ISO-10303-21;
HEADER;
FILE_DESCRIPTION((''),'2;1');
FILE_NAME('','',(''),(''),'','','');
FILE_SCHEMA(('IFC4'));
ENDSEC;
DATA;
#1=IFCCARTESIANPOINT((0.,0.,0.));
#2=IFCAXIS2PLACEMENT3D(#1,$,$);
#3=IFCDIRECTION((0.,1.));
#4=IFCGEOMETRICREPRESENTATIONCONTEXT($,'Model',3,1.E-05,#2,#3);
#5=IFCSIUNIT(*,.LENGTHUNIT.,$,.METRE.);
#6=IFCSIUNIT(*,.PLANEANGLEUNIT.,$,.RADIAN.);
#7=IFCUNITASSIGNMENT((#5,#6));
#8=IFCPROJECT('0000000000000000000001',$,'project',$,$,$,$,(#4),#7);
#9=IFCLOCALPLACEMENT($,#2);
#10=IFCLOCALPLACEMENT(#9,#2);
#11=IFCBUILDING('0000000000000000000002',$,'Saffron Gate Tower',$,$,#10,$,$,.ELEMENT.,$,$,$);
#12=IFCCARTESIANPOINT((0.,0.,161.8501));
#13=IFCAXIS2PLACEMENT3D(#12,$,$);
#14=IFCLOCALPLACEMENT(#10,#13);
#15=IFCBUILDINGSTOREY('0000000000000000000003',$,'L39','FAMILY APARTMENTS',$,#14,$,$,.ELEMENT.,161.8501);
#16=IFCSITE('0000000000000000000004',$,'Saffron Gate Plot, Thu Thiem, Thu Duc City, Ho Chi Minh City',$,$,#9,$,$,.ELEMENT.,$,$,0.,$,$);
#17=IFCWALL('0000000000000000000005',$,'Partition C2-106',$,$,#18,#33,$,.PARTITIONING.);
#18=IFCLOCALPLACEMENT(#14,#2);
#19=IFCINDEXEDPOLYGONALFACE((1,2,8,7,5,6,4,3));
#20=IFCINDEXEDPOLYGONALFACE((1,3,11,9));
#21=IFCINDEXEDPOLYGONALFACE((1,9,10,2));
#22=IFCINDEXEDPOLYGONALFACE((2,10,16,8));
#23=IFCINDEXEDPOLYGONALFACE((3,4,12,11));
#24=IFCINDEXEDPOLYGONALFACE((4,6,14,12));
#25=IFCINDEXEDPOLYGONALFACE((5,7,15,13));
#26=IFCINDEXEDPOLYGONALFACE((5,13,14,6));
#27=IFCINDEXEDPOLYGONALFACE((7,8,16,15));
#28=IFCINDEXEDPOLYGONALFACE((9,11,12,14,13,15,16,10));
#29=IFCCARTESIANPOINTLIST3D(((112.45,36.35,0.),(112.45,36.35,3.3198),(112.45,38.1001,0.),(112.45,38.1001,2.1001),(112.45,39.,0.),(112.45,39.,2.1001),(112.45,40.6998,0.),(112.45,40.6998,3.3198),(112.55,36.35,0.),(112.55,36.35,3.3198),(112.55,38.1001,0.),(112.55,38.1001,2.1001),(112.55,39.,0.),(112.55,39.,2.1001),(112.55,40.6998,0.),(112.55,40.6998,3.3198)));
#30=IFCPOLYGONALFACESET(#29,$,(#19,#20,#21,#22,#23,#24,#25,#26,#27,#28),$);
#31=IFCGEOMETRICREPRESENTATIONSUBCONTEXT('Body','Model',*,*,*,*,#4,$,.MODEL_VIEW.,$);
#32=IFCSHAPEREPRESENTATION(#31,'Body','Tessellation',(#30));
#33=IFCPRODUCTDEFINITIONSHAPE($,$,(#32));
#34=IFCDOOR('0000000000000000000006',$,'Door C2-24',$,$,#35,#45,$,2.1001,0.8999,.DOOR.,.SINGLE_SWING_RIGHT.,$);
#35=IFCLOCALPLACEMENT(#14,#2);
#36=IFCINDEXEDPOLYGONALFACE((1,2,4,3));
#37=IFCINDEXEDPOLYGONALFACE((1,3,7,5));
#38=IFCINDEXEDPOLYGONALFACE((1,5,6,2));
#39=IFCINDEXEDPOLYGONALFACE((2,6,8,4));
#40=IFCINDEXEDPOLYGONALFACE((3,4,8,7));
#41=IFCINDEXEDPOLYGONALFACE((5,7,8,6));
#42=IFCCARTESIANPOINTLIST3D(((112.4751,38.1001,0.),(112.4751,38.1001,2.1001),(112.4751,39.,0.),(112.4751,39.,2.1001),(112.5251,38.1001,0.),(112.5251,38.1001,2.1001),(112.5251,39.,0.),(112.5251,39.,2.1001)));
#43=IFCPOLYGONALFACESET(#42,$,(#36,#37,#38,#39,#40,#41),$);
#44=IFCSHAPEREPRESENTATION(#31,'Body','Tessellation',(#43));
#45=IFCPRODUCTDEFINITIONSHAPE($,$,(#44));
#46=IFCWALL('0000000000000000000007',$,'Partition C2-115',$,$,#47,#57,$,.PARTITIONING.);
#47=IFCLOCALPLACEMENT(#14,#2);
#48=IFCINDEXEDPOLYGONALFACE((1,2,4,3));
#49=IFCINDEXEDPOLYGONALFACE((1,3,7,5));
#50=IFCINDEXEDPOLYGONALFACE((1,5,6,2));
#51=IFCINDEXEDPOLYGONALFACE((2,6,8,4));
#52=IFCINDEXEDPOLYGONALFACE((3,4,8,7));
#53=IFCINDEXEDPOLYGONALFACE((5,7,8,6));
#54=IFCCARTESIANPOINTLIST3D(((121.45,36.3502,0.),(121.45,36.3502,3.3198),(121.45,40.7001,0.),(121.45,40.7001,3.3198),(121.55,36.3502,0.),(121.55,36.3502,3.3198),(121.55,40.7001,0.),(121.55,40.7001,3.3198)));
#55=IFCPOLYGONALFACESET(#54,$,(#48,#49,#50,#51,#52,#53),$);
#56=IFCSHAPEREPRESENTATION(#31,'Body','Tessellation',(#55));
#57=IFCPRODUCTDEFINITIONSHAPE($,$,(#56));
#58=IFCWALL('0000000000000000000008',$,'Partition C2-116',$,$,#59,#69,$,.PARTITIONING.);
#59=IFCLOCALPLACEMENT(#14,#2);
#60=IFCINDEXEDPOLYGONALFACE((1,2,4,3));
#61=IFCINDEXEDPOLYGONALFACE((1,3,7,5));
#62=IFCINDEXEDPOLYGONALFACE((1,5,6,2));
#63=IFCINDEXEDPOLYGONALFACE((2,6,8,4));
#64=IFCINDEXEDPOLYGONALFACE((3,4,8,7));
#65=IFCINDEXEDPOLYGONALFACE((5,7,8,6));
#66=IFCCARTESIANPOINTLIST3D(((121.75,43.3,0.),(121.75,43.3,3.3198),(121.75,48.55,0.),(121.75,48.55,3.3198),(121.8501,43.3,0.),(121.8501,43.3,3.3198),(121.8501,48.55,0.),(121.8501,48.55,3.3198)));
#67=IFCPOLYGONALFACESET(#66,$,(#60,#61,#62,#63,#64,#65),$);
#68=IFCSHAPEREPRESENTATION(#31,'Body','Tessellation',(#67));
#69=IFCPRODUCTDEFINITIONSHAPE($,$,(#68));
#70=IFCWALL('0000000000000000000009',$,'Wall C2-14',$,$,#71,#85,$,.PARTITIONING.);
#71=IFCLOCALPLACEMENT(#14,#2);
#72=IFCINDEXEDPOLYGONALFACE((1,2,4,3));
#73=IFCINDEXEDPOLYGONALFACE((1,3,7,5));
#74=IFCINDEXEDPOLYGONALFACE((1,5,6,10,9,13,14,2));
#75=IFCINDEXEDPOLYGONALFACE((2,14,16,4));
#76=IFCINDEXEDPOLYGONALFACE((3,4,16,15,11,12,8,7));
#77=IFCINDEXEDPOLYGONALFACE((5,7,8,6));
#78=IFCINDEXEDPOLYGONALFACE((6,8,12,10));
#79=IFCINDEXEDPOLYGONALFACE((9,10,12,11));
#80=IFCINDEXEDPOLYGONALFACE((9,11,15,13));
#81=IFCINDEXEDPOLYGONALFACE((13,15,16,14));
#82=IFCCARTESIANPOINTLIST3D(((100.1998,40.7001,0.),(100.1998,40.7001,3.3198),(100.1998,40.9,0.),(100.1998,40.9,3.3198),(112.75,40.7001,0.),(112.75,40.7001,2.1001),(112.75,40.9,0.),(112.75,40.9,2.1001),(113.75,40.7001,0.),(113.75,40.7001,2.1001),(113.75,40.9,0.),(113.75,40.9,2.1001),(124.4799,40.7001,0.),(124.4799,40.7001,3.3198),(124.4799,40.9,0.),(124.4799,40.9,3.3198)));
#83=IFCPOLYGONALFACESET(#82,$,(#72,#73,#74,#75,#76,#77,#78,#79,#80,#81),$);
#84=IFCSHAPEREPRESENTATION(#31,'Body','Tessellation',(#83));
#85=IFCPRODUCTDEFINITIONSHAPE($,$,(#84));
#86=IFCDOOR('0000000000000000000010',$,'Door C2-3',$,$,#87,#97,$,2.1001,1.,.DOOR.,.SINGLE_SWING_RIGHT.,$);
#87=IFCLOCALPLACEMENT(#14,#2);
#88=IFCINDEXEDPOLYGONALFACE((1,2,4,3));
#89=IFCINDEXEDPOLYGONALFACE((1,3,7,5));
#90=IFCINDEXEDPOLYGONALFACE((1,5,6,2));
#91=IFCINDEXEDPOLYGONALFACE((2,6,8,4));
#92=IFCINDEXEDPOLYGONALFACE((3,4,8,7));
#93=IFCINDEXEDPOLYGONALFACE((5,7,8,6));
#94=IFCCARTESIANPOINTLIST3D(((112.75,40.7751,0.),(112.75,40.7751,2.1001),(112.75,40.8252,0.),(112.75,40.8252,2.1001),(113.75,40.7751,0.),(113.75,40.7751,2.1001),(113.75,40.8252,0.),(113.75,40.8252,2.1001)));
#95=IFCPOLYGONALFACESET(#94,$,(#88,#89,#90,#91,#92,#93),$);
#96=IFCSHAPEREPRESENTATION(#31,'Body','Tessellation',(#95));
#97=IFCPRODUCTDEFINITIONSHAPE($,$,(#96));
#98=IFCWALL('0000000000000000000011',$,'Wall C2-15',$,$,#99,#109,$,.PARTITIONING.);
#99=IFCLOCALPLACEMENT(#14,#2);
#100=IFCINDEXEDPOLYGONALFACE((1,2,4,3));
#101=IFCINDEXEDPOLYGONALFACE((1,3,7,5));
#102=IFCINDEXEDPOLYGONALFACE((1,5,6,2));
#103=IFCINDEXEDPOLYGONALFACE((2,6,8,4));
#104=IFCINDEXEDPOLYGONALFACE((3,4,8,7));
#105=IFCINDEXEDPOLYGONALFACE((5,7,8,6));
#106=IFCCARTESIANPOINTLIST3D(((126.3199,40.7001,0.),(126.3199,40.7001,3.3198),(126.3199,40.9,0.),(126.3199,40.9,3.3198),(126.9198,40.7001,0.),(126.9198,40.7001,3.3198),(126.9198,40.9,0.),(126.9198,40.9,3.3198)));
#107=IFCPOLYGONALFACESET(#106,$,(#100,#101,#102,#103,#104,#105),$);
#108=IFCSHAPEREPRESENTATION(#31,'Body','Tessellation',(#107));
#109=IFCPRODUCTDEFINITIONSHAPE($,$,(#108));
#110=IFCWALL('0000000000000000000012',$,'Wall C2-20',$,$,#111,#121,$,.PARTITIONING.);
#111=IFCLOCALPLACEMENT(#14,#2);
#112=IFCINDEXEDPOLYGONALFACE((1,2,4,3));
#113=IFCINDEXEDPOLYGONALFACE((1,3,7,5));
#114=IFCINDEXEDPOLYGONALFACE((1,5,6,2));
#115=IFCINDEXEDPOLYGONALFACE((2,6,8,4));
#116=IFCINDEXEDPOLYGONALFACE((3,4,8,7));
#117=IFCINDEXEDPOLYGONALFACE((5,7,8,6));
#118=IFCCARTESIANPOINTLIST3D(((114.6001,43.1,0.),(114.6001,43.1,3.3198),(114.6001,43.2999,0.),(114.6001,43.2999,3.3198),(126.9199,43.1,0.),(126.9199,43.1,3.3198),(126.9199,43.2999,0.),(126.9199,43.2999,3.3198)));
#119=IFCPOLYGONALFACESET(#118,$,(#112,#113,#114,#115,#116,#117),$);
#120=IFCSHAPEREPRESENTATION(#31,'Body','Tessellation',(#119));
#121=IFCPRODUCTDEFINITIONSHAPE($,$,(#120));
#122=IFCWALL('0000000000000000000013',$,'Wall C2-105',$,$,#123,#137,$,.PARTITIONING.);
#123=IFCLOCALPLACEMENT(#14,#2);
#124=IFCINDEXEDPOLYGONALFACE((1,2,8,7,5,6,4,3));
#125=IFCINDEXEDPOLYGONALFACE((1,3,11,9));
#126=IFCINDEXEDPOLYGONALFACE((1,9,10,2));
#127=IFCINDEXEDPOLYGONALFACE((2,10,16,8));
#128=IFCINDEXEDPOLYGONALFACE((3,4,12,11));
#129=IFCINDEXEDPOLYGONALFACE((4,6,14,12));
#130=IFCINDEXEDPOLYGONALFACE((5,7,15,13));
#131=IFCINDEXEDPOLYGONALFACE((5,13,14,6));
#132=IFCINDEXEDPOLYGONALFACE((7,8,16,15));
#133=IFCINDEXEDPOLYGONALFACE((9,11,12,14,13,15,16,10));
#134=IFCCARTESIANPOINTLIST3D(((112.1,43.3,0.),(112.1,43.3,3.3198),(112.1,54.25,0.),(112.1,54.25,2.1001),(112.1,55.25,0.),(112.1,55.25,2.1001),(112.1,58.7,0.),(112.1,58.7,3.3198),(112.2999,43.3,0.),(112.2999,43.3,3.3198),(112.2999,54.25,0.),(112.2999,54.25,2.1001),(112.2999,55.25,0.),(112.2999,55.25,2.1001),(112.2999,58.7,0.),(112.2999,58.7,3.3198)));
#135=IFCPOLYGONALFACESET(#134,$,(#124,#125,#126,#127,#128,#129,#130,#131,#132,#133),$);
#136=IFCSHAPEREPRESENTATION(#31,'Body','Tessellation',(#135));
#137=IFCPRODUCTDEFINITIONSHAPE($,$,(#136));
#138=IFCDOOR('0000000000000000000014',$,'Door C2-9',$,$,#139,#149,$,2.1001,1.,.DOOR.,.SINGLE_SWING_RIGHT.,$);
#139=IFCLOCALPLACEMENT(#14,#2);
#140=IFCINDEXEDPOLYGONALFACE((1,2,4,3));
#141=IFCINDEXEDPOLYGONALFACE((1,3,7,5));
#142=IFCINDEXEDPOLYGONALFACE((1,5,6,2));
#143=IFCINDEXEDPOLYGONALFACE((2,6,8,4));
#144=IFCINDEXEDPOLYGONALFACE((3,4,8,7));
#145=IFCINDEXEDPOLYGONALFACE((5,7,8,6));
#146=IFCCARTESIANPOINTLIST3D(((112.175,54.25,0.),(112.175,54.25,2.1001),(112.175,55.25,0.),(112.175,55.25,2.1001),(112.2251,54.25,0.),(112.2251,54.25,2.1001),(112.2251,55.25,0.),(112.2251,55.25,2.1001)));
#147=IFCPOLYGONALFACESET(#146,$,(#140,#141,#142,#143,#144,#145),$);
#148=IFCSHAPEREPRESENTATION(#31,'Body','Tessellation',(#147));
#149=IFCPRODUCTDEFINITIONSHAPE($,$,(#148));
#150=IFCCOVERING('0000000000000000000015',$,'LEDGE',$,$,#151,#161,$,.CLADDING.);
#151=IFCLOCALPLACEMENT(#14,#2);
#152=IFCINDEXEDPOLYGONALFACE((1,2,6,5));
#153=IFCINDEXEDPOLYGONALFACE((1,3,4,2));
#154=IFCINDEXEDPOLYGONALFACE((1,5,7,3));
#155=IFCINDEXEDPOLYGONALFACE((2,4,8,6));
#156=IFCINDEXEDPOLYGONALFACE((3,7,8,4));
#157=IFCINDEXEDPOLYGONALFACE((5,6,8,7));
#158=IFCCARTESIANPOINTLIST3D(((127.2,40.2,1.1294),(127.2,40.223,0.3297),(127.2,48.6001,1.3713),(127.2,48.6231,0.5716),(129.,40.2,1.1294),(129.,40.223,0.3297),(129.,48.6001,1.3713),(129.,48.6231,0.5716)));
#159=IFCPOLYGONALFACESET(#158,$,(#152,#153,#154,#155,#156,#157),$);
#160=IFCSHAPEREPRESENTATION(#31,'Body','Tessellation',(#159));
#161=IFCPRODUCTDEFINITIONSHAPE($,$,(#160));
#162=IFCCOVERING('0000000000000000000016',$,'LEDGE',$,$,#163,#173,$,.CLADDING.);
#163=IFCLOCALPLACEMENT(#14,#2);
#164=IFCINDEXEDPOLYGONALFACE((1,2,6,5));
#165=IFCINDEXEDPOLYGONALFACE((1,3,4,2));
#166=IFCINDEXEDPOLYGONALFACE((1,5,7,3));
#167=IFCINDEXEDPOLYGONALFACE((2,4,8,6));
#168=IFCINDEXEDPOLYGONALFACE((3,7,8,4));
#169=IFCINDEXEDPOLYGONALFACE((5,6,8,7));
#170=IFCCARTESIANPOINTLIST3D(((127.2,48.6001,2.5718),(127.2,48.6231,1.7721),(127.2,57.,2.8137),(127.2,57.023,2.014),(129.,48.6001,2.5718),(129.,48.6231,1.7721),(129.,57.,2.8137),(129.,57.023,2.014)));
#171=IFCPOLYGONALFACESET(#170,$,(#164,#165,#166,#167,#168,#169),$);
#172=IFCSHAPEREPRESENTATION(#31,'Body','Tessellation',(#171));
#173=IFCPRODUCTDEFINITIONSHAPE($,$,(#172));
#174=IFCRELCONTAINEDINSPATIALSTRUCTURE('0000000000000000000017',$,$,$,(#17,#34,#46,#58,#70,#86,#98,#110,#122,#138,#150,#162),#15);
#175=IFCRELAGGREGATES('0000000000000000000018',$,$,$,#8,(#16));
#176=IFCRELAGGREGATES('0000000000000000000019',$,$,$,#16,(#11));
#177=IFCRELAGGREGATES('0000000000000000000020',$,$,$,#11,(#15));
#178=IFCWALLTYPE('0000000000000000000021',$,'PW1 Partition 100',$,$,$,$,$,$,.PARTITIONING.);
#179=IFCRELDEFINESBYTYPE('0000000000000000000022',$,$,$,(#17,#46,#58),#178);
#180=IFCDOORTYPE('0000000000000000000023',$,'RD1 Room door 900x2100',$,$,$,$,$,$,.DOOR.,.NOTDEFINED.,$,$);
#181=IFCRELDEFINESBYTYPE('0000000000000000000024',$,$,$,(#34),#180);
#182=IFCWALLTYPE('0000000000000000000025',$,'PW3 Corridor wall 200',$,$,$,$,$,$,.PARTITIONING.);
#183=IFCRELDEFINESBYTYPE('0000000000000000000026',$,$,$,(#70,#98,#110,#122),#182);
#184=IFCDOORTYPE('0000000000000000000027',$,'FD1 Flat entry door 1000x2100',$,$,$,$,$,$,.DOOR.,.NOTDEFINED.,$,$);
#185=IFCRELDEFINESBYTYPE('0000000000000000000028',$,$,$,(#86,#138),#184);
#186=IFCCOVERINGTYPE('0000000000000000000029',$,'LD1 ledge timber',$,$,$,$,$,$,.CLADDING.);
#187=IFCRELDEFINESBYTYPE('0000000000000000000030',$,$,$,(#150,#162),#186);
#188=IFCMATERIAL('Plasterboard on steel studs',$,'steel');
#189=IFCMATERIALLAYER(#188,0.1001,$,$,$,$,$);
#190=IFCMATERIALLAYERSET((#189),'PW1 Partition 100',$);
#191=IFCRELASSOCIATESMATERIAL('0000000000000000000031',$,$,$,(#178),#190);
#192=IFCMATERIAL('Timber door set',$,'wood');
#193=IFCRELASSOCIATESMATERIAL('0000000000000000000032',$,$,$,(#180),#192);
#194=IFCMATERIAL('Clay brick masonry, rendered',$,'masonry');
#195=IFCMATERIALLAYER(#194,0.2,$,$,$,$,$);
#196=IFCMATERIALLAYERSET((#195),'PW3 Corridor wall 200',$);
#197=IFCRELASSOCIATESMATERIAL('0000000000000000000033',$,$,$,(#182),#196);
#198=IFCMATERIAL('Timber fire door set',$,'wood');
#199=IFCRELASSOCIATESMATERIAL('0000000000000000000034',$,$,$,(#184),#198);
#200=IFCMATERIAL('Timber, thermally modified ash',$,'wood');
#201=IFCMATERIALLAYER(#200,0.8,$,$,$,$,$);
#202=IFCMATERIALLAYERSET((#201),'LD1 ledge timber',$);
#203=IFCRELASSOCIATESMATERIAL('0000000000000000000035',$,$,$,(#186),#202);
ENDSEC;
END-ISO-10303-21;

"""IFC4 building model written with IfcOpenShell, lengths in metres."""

from ifc_helpers import new_model, si_unit, direction, frame, frame_2d, origin, place, context, subcontext, project, spatial, polyline, rectangle, outline, extrude, material, layer, layer_set, type_object, element, fill, save


model = new_model("IFC4")

# Units and contexts
model_context = context("Model", 3, precision=1e-05, world=origin(), true_north=direction((0.0, 1.0)))
body_context = subcontext(model_context, "Body", "Model", "MODEL_VIEW")
ifc_project = project(units=[si_unit("LENGTHUNIT", "METRE"), si_unit("PLANEANGLEUNIT", "RADIAN")], contexts=[model_context])

# Site, building, storey
site_placement = place(None, origin())
site = spatial("IfcSite", under=ifc_project, at=site_placement, Name="Saffron Gate Plot, Thu Thiem, Thu Duc City, Ho Chi Minh City", CompositionType="ELEMENT", RefElevation=0.0)
building_placement = place(site_placement, origin())
building = spatial("IfcBuilding", under=site, at=building_placement, Name="Saffron Gate Tower", CompositionType="ELEMENT")
storey_placement = place(building_placement, frame((0.0, 0.0, 161.8501)))
storey = spatial("IfcBuildingStorey", under=building, at=storey_placement, Name="L39", Description="FAMILY APARTMENTS", CompositionType="ELEMENT", Elevation=161.8501)

# Shared definitions
ifc_material_1 = material(Name="Plasterboard on steel studs", Category="steel")
ifc_layer_1 = layer(ifc_material_1, 0.1001)
ifc_layer_set_1 = layer_set([ifc_layer_1], Name="PW1 Partition 100")
wall_type_1 = type_object("IfcWallType", Name="PW1 Partition 100", PredefinedType="PARTITIONING", material=ifc_layer_set_1)
ifc_material_2 = material(Name="Timber door set", Category="wood")
door_type_1 = type_object("IfcDoorType", Name="RD1 Room door 900x2100", OperationType="NOTDEFINED", PredefinedType="DOOR", material=ifc_material_2)

# Wall, opening, door
wall_1_placement = place(storey_placement, frame((112.5, 36.3501, 0.0), z_axis=(0.0, 0.0, 1.0), x_axis=(0.0, 1.0, 0.0)))
wall_1 = element("IfcWall", 1, at=wall_1_placement, inside=storey, type_object=wall_type_1, Name="Partition C2-106", PredefinedType="PARTITIONING", context=body_context, shape_type="SweptSolid", body=[
    extrude(rectangle(XDim=4.3499, YDim=0.1001, at=frame_2d((2.1748, 0.0))), origin(), (0.0, 0.0, 1.0), 3.3198),
])
opening_1_placement = place(wall_1_placement, frame((1.75, 0.0, 0.0)))
opening_1 = element("IfcOpeningElement", 2, at=opening_1_placement, cuts=wall_1, PredefinedType="OPENING", context=body_context, shape_type="SweptSolid", body=[
    extrude(rectangle(XDim=0.8999, YDim=2.1001, at=frame_2d((0.45, 1.05))), frame((0.0, 0.0601, 0.0), z_axis=(0.0, -1.0, 0.0), x_axis=(1.0, 0.0, 0.0)), (0.0, 0.0, 1.0), 0.1201),
])
door_1_placement = place(opening_1_placement, origin())
door_1 = element("IfcDoor", 3, at=door_1_placement, inside=storey, type_object=door_type_1, Name="Door C2-24", OperationType="SINGLE_SWING_RIGHT", OverallHeight=2.1001, OverallWidth=0.8999, PredefinedType="DOOR", context=body_context, shape_type="SweptSolid", body=[
    extrude(rectangle(XDim=0.8999, YDim=2.1001, at=frame_2d((0.45, 1.05))), frame((0.0, 0.0249, 0.0), z_axis=(0.0, -1.0, 0.0), x_axis=(1.0, 0.0, 0.0)), (0.0, 0.0, 1.0), 0.05),
])
fill(opening_1, door_1)

# Walls
wall_2_placement = place(storey_placement, frame((121.5, 40.7, 0.0), z_axis=(0.0, 0.0, 1.0), x_axis=(0.0, -1.0, 0.0)))
element("IfcWall", 4, at=wall_2_placement, inside=storey, type_object=wall_type_1, Name="Partition C2-115", PredefinedType="PARTITIONING", context=body_context, shape_type="SweptSolid", body=[
    extrude(rectangle(XDim=4.3499, YDim=0.1001, at=frame_2d((2.1748, 0.0))), origin(), (0.0, 0.0, 1.0), 3.3198),
])
wall_3_placement = place(storey_placement, frame((121.8, 48.55, 0.0), z_axis=(0.0, 0.0, 1.0), x_axis=(0.0, -1.0, 0.0)))
element("IfcWall", 5, at=wall_3_placement, inside=storey, type_object=wall_type_1, Name="Partition C2-116", PredefinedType="PARTITIONING", context=body_context, shape_type="SweptSolid", body=[
    extrude(rectangle(XDim=5.25, YDim=0.1001, at=frame_2d((2.625, 0.0))), origin(), (0.0, 0.0, 1.0), 3.3198),
])

# Wall, opening, door
ifc_material_3 = material(Name="Clay brick masonry, rendered", Category="masonry")
ifc_layer_2 = layer(ifc_material_3, 0.2)
ifc_layer_set_2 = layer_set([ifc_layer_2], Name="PW3 Corridor wall 200")
wall_type_2 = type_object("IfcWallType", Name="PW3 Corridor wall 200", PredefinedType="PARTITIONING", material=ifc_layer_set_2)
wall_4_placement = place(storey_placement, frame((124.48, 40.8, 0.0), z_axis=(0.0, 0.0, 1.0), x_axis=(-1.0, 0.0, 0.0)))
wall_4 = element("IfcWall", 6, at=wall_4_placement, inside=storey, type_object=wall_type_2, Name="Wall C2-14", PredefinedType="PARTITIONING", context=body_context, shape_type="SweptSolid", body=[
    extrude(rectangle(XDim=24.28, YDim=0.2, at=frame_2d((12.1401, 0.0))), origin(), (0.0, 0.0, 1.0), 3.3198),
])
opening_2_placement = place(wall_4_placement, frame((10.73, 0.0, 0.0)))
opening_2 = element("IfcOpeningElement", 7, at=opening_2_placement, cuts=wall_4, PredefinedType="OPENING", context=body_context, shape_type="SweptSolid", body=[
    extrude(rectangle(XDim=1.0, YDim=2.1001, at=frame_2d((0.5, 1.05))), frame((0.0, 0.1099, 0.0), z_axis=(0.0, -1.0, 0.0), x_axis=(1.0, 0.0, 0.0)), (0.0, 0.0, 1.0), 0.22),
])
ifc_material_4 = material(Name="Timber fire door set", Category="wood")
door_type_2 = type_object("IfcDoorType", Name="FD1 Flat entry door 1000x2100", OperationType="NOTDEFINED", PredefinedType="DOOR", material=ifc_material_4)
door_2_placement = place(opening_2_placement, origin())
door_2 = element("IfcDoor", 8, at=door_2_placement, inside=storey, type_object=door_type_2, Name="Door C2-3", OperationType="SINGLE_SWING_RIGHT", OverallHeight=2.1001, OverallWidth=1.0, PredefinedType="DOOR", context=body_context, shape_type="SweptSolid", body=[
    extrude(rectangle(XDim=1.0, YDim=2.1001, at=frame_2d((0.5, 1.05))), frame((0.0, 0.0249, 0.0), z_axis=(0.0, -1.0, 0.0), x_axis=(1.0, 0.0, 0.0)), (0.0, 0.0, 1.0), 0.05),
])
fill(opening_2, door_2)

# Walls
wall_5_placement = place(storey_placement, frame((126.3201, 40.8, 0.0), z_axis=(0.0, 0.0, 1.0), x_axis=(1.0, 0.0, 0.0)))
element("IfcWall", 9, at=wall_5_placement, inside=storey, type_object=wall_type_2, Name="Wall C2-15", PredefinedType="PARTITIONING", context=body_context, shape_type="SweptSolid", body=[
    extrude(rectangle(XDim=0.5999, YDim=0.2, at=frame_2d((0.2998, 0.0))), origin(), (0.0, 0.0, 1.0), 3.3198),
])
wall_6_placement = place(storey_placement, frame((114.6001, 43.2, 0.0), z_axis=(0.0, 0.0, 1.0), x_axis=(1.0, 0.0, 0.0)))
element("IfcWall", 10, at=wall_6_placement, inside=storey, type_object=wall_type_2, Name="Wall C2-20", PredefinedType="PARTITIONING", context=body_context, shape_type="SweptSolid", body=[
    extrude(rectangle(XDim=12.3198, YDim=0.2, at=frame_2d((6.1599, 0.0))), origin(), (0.0, 0.0, 1.0), 3.3198),
])

# Wall, opening, door
wall_7_placement = place(storey_placement, frame((112.2, 43.3, 0.0), z_axis=(0.0, 0.0, 1.0), x_axis=(0.0, 1.0, 0.0)))
wall_7 = element("IfcWall", 11, at=wall_7_placement, inside=storey, type_object=wall_type_2, Name="Wall C2-105", PredefinedType="PARTITIONING", context=body_context, shape_type="SweptSolid", body=[
    extrude(rectangle(XDim=15.3999, YDim=0.2, at=frame_2d((7.7, 0.0))), origin(), (0.0, 0.0, 1.0), 3.3198),
])
opening_3_placement = place(wall_7_placement, frame((10.95, 0.0, 0.0)))
opening_3 = element("IfcOpeningElement", 12, at=opening_3_placement, cuts=wall_7, PredefinedType="OPENING", context=body_context, shape_type="SweptSolid", body=[
    extrude(rectangle(XDim=1.0, YDim=2.1001, at=frame_2d((0.5, 1.05))), frame((0.0, 0.1099, 0.0), z_axis=(0.0, -1.0, 0.0), x_axis=(1.0, 0.0, 0.0)), (0.0, 0.0, 1.0), 0.22),
])
door_3_placement = place(opening_3_placement, origin())
door_3 = element("IfcDoor", 13, at=door_3_placement, inside=storey, type_object=door_type_2, Name="Door C2-9", OperationType="SINGLE_SWING_RIGHT", OverallHeight=2.1001, OverallWidth=1.0, PredefinedType="DOOR", context=body_context, shape_type="SweptSolid", body=[
    extrude(rectangle(XDim=1.0, YDim=2.1001, at=frame_2d((0.5, 1.05))), frame((0.0, 0.0249, 0.0), z_axis=(0.0, -1.0, 0.0), x_axis=(1.0, 0.0, 0.0)), (0.0, 0.0, 1.0), 0.05),
])
fill(opening_3, door_3)

# Coverings
ifc_material_5 = material(Name="Timber, thermally modified ash", Category="wood")
ifc_layer_3 = layer(ifc_material_5, 0.8)
ifc_layer_set_3 = layer_set([ifc_layer_3], Name="LD1 ledge timber")
covering_type_1 = type_object("IfcCoveringType", Name="LD1 ledge timber", PredefinedType="CLADDING", material=ifc_layer_set_3)
covering_1_placement = place(storey_placement, frame((127.2, 40.2, 1.1294), z_axis=(0.0, -0.02879, 0.999585), x_axis=(0.0, 0.999585, 0.02879)))
element("IfcCovering", 14, at=covering_1_placement, inside=storey, type_object=covering_type_1, Name="LEDGE", PredefinedType="CLADDING", context=body_context, shape_type="SweptSolid", body=[
    extrude(outline(polyline([(0.0, 0.0), (8.4036, 0.0), (8.4036, -1.8), (0.0, -1.8), (0.0, 0.0)])), origin(), (0.0, 0.0, -1.0), 0.8),
])
covering_2_placement = place(storey_placement, frame((127.2, 48.6001, 2.5718), z_axis=(0.0, -0.028791, 0.999585), x_axis=(0.0, 0.999585, 0.028791)))
element("IfcCovering", 15, at=covering_2_placement, inside=storey, type_object=covering_type_1, Name="LEDGE", PredefinedType="CLADDING", context=body_context, shape_type="SweptSolid", body=[
    extrude(outline(polyline([(0.0, 0.0), (8.4034, 0.0), (8.4034, -1.8), (0.0, -1.8), (0.0, 0.0)])), origin(), (0.0, 0.0, -1.0), 0.8),
])

save(model, "model.ifc")
